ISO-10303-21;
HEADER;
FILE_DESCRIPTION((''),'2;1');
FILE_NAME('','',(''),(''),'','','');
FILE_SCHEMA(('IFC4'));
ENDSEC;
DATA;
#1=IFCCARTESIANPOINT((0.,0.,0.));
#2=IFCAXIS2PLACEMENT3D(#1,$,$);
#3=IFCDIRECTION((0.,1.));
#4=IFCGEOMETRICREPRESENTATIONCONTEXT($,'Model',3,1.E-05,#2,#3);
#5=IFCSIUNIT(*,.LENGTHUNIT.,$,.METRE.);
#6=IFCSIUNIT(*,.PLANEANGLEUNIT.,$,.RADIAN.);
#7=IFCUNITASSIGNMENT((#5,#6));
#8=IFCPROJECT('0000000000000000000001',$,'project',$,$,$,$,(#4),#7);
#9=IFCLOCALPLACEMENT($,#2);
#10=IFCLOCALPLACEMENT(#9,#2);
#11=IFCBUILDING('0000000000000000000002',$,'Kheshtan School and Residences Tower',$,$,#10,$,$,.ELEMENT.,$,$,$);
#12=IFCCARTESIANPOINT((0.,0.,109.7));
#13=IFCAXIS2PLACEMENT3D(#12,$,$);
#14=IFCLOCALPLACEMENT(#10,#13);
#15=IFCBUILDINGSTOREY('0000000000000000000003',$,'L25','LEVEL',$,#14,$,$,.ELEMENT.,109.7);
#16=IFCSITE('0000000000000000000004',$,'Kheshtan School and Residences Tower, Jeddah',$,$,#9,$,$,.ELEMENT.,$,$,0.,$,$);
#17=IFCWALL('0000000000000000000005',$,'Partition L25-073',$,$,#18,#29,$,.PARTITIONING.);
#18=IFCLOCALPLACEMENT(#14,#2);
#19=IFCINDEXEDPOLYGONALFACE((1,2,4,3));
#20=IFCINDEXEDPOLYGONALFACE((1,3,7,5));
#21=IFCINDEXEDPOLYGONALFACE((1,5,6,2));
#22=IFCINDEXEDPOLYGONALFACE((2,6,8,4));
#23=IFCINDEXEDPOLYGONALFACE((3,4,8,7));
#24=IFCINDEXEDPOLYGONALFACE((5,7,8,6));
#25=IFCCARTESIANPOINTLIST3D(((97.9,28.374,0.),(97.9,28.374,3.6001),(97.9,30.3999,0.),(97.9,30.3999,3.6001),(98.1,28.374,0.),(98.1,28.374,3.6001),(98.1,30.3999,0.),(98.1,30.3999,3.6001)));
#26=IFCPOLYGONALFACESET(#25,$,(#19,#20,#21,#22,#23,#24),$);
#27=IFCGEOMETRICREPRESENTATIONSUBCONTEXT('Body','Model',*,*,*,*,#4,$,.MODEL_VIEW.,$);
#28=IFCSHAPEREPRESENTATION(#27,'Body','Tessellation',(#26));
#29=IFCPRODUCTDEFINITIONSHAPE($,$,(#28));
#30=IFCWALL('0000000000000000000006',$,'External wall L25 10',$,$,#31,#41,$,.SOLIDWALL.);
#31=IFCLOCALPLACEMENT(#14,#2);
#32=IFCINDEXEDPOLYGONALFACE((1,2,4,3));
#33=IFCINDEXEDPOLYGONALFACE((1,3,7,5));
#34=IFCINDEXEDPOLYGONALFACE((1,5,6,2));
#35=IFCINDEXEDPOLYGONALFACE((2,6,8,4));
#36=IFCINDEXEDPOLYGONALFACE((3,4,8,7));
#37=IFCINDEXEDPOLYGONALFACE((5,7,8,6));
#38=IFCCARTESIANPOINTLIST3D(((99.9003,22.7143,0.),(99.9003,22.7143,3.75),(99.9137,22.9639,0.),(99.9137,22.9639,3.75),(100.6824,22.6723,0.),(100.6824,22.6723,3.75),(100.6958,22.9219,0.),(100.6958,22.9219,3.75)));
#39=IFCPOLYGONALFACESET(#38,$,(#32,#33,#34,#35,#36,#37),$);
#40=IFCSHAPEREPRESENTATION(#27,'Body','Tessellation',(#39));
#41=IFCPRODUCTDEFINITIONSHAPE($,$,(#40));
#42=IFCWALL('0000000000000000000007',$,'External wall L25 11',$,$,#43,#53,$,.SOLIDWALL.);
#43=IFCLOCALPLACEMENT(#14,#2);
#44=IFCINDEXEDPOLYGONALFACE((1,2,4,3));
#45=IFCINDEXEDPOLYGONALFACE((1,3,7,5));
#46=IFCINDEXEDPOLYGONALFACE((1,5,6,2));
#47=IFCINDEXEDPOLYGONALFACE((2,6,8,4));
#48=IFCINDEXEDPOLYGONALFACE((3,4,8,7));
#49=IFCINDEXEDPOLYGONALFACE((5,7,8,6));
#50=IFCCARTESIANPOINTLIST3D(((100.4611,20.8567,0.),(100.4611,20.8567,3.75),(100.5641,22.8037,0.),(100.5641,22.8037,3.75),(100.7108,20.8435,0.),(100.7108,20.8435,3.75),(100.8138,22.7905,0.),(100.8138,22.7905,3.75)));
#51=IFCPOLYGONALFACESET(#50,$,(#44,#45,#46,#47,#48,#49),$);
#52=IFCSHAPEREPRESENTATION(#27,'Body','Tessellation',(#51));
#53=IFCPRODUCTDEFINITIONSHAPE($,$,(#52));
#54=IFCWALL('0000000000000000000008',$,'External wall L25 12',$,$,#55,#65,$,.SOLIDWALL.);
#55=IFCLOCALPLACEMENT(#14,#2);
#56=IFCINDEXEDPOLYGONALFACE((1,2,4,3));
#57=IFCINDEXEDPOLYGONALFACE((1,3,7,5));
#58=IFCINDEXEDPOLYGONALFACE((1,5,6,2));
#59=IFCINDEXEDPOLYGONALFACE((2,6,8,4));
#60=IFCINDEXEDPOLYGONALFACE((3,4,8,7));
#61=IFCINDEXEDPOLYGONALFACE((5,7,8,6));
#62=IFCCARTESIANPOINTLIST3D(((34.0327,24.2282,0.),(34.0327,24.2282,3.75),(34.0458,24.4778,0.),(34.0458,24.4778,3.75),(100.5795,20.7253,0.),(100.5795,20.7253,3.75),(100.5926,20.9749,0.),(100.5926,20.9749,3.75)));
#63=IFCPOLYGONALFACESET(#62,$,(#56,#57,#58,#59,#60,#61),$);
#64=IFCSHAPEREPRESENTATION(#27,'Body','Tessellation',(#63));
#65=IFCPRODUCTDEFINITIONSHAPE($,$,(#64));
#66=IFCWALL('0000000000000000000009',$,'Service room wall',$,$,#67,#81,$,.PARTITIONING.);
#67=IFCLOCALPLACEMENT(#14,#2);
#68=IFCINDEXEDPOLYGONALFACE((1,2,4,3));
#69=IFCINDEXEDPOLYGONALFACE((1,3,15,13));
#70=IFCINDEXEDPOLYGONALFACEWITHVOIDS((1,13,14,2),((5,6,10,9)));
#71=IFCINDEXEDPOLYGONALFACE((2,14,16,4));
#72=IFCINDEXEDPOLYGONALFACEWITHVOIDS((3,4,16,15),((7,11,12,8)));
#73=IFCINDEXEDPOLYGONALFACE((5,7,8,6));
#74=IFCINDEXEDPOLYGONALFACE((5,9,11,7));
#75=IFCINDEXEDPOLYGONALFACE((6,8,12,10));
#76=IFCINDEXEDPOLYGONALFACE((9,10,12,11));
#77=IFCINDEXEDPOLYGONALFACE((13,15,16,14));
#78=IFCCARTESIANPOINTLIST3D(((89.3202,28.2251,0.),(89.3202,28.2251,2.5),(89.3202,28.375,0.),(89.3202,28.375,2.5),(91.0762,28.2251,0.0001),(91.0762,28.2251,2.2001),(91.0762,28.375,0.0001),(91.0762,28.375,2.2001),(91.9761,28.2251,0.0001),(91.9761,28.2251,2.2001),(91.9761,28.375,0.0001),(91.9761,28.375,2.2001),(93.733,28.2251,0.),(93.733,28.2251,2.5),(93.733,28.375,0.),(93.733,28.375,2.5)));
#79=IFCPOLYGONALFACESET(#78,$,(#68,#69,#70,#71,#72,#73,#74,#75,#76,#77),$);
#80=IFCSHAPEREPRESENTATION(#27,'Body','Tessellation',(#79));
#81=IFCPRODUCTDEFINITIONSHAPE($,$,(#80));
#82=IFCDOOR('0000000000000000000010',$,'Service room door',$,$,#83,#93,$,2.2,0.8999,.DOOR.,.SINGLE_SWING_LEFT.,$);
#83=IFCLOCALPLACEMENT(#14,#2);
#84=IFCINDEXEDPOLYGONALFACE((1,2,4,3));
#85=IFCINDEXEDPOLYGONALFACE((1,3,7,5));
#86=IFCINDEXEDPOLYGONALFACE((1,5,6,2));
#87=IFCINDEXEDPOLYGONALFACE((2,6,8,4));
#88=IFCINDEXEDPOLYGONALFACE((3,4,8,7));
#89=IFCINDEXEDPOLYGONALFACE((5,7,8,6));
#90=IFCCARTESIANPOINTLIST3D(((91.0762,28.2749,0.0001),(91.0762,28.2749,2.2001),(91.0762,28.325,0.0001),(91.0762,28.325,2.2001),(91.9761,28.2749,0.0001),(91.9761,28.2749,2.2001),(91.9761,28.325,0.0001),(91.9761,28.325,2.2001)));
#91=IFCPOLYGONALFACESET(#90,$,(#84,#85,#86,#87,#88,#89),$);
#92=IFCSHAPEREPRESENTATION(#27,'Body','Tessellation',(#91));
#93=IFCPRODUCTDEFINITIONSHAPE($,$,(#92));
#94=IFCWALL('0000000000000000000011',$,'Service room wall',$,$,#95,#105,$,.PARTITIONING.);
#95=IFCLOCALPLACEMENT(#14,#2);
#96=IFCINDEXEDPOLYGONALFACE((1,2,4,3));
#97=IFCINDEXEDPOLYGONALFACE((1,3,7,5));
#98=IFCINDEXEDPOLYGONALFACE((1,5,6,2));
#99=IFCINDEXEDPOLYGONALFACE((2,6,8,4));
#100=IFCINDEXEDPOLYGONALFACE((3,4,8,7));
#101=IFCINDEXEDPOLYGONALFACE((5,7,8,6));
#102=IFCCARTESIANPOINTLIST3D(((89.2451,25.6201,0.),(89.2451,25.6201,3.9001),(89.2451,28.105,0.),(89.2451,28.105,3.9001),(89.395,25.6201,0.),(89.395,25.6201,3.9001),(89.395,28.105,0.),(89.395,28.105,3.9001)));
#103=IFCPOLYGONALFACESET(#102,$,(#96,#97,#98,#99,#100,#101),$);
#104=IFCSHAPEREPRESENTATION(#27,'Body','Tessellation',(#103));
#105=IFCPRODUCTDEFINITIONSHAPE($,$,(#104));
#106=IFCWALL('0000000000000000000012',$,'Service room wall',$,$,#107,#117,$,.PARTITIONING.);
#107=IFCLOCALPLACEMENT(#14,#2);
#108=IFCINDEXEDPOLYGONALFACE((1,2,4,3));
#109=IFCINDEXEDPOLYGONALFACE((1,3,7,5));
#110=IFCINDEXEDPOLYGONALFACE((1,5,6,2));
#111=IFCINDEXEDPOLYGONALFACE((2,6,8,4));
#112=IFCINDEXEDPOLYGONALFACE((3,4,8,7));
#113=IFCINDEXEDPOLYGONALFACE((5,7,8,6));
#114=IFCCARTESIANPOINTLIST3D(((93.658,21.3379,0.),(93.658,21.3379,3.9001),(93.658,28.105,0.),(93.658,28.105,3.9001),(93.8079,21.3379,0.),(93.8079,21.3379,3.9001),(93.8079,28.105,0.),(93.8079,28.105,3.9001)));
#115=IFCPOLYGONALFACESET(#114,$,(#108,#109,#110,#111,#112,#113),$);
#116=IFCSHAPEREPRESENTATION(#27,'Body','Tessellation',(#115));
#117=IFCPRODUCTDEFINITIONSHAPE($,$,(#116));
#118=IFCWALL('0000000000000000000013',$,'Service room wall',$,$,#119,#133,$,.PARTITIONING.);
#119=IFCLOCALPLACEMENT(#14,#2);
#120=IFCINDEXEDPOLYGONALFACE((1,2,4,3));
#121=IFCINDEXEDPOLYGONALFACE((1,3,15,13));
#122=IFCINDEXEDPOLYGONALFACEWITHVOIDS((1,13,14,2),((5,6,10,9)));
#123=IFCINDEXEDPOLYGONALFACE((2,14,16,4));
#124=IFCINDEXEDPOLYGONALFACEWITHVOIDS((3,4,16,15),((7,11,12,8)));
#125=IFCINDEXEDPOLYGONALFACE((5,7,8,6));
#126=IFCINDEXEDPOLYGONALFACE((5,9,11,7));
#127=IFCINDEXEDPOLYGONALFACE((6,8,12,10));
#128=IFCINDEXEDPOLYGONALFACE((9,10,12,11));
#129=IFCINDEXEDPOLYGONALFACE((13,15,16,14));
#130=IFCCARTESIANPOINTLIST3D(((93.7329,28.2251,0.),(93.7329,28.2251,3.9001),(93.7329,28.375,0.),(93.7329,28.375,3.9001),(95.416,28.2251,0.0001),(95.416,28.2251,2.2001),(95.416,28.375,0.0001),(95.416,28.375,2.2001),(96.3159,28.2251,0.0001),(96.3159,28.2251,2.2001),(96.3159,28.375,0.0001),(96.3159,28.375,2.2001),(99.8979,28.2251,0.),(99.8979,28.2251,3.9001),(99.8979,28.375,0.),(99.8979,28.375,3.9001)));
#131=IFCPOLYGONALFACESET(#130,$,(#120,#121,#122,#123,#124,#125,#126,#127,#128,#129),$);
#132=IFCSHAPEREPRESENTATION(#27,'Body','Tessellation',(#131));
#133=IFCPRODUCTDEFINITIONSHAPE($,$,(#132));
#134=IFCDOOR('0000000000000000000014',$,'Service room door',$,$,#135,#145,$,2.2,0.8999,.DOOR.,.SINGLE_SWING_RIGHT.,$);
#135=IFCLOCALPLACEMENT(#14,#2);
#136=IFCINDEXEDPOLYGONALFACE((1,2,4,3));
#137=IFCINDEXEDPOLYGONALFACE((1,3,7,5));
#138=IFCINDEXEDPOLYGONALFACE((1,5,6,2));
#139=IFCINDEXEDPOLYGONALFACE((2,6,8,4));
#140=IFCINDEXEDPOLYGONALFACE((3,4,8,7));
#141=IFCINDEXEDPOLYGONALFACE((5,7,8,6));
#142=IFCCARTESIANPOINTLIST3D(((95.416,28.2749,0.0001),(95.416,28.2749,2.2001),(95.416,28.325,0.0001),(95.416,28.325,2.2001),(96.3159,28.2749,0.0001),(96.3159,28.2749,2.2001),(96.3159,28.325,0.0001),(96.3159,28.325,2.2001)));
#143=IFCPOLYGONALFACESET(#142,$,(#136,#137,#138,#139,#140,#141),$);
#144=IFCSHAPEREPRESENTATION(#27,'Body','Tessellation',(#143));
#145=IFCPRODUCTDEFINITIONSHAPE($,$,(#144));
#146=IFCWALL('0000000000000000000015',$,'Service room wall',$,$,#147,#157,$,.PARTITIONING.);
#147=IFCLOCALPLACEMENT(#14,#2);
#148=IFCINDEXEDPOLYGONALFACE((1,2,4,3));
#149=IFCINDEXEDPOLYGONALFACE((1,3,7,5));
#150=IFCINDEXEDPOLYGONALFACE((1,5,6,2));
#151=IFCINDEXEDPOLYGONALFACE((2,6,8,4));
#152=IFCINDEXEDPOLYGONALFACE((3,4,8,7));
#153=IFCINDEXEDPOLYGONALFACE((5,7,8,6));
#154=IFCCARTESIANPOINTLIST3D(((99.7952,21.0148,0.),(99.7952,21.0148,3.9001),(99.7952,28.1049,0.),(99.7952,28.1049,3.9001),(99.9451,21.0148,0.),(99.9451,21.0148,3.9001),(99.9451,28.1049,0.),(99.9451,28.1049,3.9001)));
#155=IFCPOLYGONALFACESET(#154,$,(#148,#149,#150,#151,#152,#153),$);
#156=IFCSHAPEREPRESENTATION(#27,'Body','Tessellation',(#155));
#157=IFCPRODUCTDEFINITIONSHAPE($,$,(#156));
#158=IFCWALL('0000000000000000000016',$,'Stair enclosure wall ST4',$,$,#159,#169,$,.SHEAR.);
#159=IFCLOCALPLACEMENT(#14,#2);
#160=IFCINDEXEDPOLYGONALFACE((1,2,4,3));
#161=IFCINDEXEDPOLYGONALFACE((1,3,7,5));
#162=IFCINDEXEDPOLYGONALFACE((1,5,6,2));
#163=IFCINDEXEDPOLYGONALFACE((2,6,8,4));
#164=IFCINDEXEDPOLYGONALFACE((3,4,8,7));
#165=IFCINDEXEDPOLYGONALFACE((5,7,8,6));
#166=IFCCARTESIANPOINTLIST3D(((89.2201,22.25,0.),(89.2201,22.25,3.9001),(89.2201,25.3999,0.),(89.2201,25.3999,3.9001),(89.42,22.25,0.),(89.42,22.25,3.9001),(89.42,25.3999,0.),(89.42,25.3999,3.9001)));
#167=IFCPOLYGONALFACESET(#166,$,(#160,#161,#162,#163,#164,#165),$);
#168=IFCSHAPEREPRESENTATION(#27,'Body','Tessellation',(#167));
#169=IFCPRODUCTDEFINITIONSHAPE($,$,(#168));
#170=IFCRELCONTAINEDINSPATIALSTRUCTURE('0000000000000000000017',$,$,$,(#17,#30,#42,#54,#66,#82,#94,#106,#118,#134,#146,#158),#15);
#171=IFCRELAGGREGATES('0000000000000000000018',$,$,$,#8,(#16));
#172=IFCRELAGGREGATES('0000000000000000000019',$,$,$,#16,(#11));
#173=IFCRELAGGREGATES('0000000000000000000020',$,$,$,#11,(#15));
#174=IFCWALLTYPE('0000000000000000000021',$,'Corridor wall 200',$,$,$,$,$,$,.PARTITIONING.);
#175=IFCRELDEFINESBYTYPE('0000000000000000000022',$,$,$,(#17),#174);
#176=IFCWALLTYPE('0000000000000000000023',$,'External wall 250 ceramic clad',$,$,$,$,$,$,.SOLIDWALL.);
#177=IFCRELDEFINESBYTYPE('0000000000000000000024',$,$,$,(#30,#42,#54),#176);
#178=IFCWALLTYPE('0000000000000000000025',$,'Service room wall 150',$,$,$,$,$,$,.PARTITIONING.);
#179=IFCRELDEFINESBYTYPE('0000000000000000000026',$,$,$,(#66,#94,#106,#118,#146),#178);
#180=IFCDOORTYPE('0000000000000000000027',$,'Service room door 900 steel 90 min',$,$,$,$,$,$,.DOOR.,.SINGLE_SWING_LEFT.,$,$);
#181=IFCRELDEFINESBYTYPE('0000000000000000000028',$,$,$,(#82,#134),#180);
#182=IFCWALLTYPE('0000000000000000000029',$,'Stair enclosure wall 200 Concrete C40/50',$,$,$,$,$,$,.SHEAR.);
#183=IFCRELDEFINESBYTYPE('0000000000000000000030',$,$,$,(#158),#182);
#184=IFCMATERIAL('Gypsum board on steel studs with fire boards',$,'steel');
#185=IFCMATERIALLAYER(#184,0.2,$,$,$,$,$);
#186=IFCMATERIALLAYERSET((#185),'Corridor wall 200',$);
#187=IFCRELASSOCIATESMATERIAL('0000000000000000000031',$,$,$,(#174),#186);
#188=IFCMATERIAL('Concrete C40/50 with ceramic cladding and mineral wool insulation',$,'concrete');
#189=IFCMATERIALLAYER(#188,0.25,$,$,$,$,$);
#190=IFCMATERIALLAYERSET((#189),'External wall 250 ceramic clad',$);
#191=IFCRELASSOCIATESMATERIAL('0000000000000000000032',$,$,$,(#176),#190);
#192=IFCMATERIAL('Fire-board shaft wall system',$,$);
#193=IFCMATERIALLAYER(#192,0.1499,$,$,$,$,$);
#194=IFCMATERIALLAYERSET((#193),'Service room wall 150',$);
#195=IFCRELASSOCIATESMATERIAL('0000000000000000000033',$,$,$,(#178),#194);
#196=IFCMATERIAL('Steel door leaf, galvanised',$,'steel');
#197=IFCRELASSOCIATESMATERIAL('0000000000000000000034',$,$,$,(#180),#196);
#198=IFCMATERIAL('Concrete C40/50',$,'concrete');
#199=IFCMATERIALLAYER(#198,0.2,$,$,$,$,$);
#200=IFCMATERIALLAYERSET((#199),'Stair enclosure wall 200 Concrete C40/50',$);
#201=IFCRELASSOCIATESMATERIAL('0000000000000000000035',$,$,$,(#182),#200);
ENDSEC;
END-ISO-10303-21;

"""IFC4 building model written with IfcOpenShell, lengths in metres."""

from ifc_helpers import new_model, si_unit, direction, frame, frame_2d, origin, place, context, subcontext, project, spatial, rectangle, extrude, source, transform, mapped, material, layer, layer_set, type_object, element, fill, save


model = new_model("IFC4")

# Units and contexts
model_context = context("Model", 3, precision=1e-05, world=origin(), true_north=direction((0.0, 1.0)))
body_context = subcontext(model_context, "Body", "Model", "MODEL_VIEW")
ifc_project = project(units=[si_unit("LENGTHUNIT", "METRE"), si_unit("PLANEANGLEUNIT", "RADIAN")], contexts=[model_context])

# Site, building, storey
site_placement = place(None, origin())
site = spatial("IfcSite", under=ifc_project, at=site_placement, Name="Kheshtan School and Residences Tower, Jeddah", CompositionType="ELEMENT", RefElevation=0.0)
building_placement = place(site_placement, origin())
building = spatial("IfcBuilding", under=site, at=building_placement, Name="Kheshtan School and Residences Tower", CompositionType="ELEMENT")
storey_placement = place(building_placement, frame((0.0, 0.0, 109.7)))
storey = spatial("IfcBuildingStorey", under=building, at=storey_placement, Name="L25", Description="LEVEL", CompositionType="ELEMENT", Elevation=109.7)

# Walls
ifc_material_1 = material(Name="Gypsum board on steel studs with fire boards", Category="steel")
ifc_layer_1 = layer(ifc_material_1, 0.2)
ifc_layer_set_1 = layer_set([ifc_layer_1], Name="Corridor wall 200")
wall_type_1 = type_object("IfcWallType", Name="Corridor wall 200", PredefinedType="PARTITIONING", material=ifc_layer_set_1)
wall_1_placement = place(storey_placement, frame((98.0, 28.374, 0.0), z_axis=(0.0, 0.0, 1.0), x_axis=(0.0, 1.0, 0.0)))
element("IfcWall", 1, at=wall_1_placement, inside=storey, type_object=wall_type_1, Name="Partition L25-073", PredefinedType="PARTITIONING", context=body_context, shape_type="SweptSolid", body=[
    extrude(rectangle(XDim=2.0259, YDim=0.2, at=frame_2d((1.0129, 0.0))), origin(), (0.0, 0.0, 1.0), 3.6001),
])
ifc_material_2 = material(Name="Concrete C40/50 with ceramic cladding and mineral wool insulation", Category="concrete")
ifc_layer_2 = layer(ifc_material_2, 0.25)
ifc_layer_set_2 = layer_set([ifc_layer_2], Name="External wall 250 ceramic clad")
wall_type_2 = type_object("IfcWallType", Name="External wall 250 ceramic clad", PredefinedType="SOLIDWALL", material=ifc_layer_set_2)
wall_2_placement = place(storey_placement, frame((99.907, 22.8391, 0.0), z_axis=(0.0, 0.0, 1.0), x_axis=(0.998561, -0.053622, 0.0)))
element("IfcWall", 2, at=wall_2_placement, inside=storey, type_object=wall_type_2, Name="External wall L25 10", PredefinedType="SOLIDWALL", context=body_context, shape_type="SweptSolid", body=[
    extrude(rectangle(XDim=0.7832, YDim=0.25, at=frame_2d((0.3916, 0.0))), origin(), (0.0, 0.0, 1.0), 3.75),
])
wall_3_placement = place(storey_placement, frame((100.689, 22.7971, 0.0), z_axis=(0.0, 0.0, 1.0), x_axis=(-0.052841, -0.998603, 0.0)))
element("IfcWall", 3, at=wall_3_placement, inside=storey, type_object=wall_type_2, Name="External wall L25 11", PredefinedType="SOLIDWALL", context=body_context, shape_type="SweptSolid", body=[
    extrude(rectangle(XDim=1.9497, YDim=0.25, at=frame_2d((0.9749, 0.0))), origin(), (0.0, 0.0, 1.0), 3.75),
])
wall_4_placement = place(storey_placement, frame((100.5859, 20.8501, 0.0), z_axis=(0.0, 0.0, 1.0), x_axis=(-0.998617, 0.052566, 0.0)))
element("IfcWall", 4, at=wall_4_placement, inside=storey, type_object=wall_type_2, Name="External wall L25 12", PredefinedType="SOLIDWALL", context=body_context, shape_type="SweptSolid", body=[
    extrude(rectangle(XDim=66.6389, YDim=0.25, at=frame_2d((33.3193, 0.0))), origin(), (0.0, 0.0, 1.0), 3.75),
])

# Wall, opening, door
ifc_material_3 = material(Name="Fire-board shaft wall system")
ifc_layer_3 = layer(ifc_material_3, 0.1499)
ifc_layer_set_3 = layer_set([ifc_layer_3], Name="Service room wall 150")
wall_type_3 = type_object("IfcWallType", Name="Service room wall 150", PredefinedType="PARTITIONING", material=ifc_layer_set_3)
wall_5_placement = place(storey_placement, frame((89.3201, 28.3, 0.0), z_axis=(0.0, 0.0, 1.0), x_axis=(1.0, 0.0, 0.0)))
wall_5 = element("IfcWall", 5, at=wall_5_placement, inside=storey, type_object=wall_type_3, Name="Service room wall", PredefinedType="PARTITIONING", context=body_context, shape_type="SweptSolid", body=[
    extrude(rectangle(XDim=4.4128, YDim=0.1499, at=frame_2d((2.2065, 0.0))), origin(), (0.0, 0.0, 1.0), 2.5),
])
opening_1_placement = place(wall_5_placement, frame((1.7561, 0.0, 0.0)))
opening_1 = element("IfcOpeningElement", 6, at=opening_1_placement, cuts=wall_5, PredefinedType="OPENING", context=body_context, shape_type="SweptSolid", body=[
    extrude(rectangle(XDim=0.8999, YDim=2.2, at=frame_2d((0.45, 1.1001))), frame((0.0, 0.085, 0.0), z_axis=(0.0, -1.0, 0.0), x_axis=(1.0, 0.0, 0.0)), (0.0, 0.0, 1.0), 0.1699),
])
ifc_material_4 = material(Name="Steel door leaf, galvanised", Category="steel")
door_type = type_object("IfcDoorType", Name="Service room door 900 steel 90 min", OperationType="SINGLE_SWING_LEFT", PredefinedType="DOOR", material=ifc_material_4)
shared_shape = source(origin(), body_context, "Body", "SweptSolid", [
    extrude(rectangle(XDim=0.8999, YDim=2.2, at=frame_2d((0.45, 1.1001))), frame((0.0, 0.0249, 0.0), z_axis=(0.0, -1.0, 0.0), x_axis=(1.0, 0.0, 0.0)), (0.0, 0.0, 1.0), 0.05),
])
door_1_placement = place(opening_1_placement, origin())
door_1 = element("IfcDoor", 7, at=door_1_placement, inside=storey, type_object=door_type, Name="Service room door", OperationType="SINGLE_SWING_LEFT", OverallHeight=2.2, OverallWidth=0.8999, PredefinedType="DOOR", context=body_context, shape_type="MappedRepresentation", body=[
    mapped(shared_shape, transform((0.0, 0.0, 0.0), x_axis=(1.0, 0.0, 0.0), y_axis=(0.0, 1.0, 0.0), z_axis=(0.0, 0.0, 1.0), scale=1.0)),
])
fill(opening_1, door_1)

# Walls
wall_6_placement = place(storey_placement, frame((89.3201, 25.6201, 0.0), z_axis=(0.0, 0.0, 1.0), x_axis=(0.0, 1.0, 0.0)))
element("IfcWall", 8, at=wall_6_placement, inside=storey, type_object=wall_type_3, Name="Service room wall", PredefinedType="PARTITIONING", context=body_context, shape_type="SweptSolid", body=[
    extrude(rectangle(XDim=2.4849, YDim=0.1499, at=frame_2d((1.2424, 0.0))), origin(), (0.0, 0.0, 1.0), 3.9001),
])
wall_7_placement = place(storey_placement, frame((93.7329, 21.3379, 0.0), z_axis=(0.0, 0.0, 1.0), x_axis=(0.0, 1.0, 0.0)))
element("IfcWall", 9, at=wall_7_placement, inside=storey, type_object=wall_type_3, Name="Service room wall", PredefinedType="PARTITIONING", context=body_context, shape_type="SweptSolid", body=[
    extrude(rectangle(XDim=6.7671, YDim=0.1499, at=frame_2d((3.3835, 0.0))), origin(), (0.0, 0.0, 1.0), 3.9001),
])

# Wall, opening, door
wall_8_placement = place(storey_placement, frame((93.7329, 28.3, 0.0), z_axis=(0.0, 0.0, 1.0), x_axis=(1.0, 0.0, 0.0)))
wall_8 = element("IfcWall", 10, at=wall_8_placement, inside=storey, type_object=wall_type_3, Name="Service room wall", PredefinedType="PARTITIONING", context=body_context, shape_type="SweptSolid", body=[
    extrude(rectangle(XDim=6.165, YDim=0.1499, at=frame_2d((3.0825, 0.0))), origin(), (0.0, 0.0, 1.0), 3.9001),
])
opening_2_placement = place(wall_8_placement, frame((1.6831, 0.0, 0.0)))
opening_2 = element("IfcOpeningElement", 11, at=opening_2_placement, cuts=wall_8, PredefinedType="OPENING", context=body_context, shape_type="SweptSolid", body=[
    extrude(rectangle(XDim=0.8999, YDim=2.2, at=frame_2d((0.45, 1.1001))), frame((0.0, 0.085, 0.0), z_axis=(0.0, -1.0, 0.0), x_axis=(1.0, 0.0, 0.0)), (0.0, 0.0, 1.0), 0.1699),
])
door_2_placement = place(opening_2_placement, origin())
door_2 = element("IfcDoor", 12, at=door_2_placement, inside=storey, type_object=door_type, Name="Service room door", OperationType="SINGLE_SWING_RIGHT", OverallHeight=2.2, OverallWidth=0.8999, PredefinedType="DOOR", context=body_context, shape_type="MappedRepresentation", body=[
    mapped(shared_shape, transform((0.0, 0.0, 0.0), x_axis=(1.0, 0.0, 0.0), y_axis=(0.0, 1.0, 0.0), z_axis=(0.0, 0.0, 1.0), scale=1.0)),
])
fill(opening_2, door_2)

# Walls
wall_9_placement = place(storey_placement, frame((99.8701, 21.0149, 0.0), z_axis=(0.0, 0.0, 1.0), x_axis=(0.0, 1.0, 0.0)))
element("IfcWall", 13, at=wall_9_placement, inside=storey, type_object=wall_type_3, Name="Service room wall", PredefinedType="PARTITIONING", context=body_context, shape_type="SweptSolid", body=[
    extrude(rectangle(XDim=7.0901, YDim=0.1499, at=frame_2d((3.5449, 0.0))), origin(), (0.0, 0.0, 1.0), 3.9001),
])
ifc_material_5 = material(Name="Concrete C40/50", Category="concrete")
ifc_layer_4 = layer(ifc_material_5, 0.2)
ifc_layer_set_4 = layer_set([ifc_layer_4], Name="Stair enclosure wall 200 Concrete C40/50")
wall_type_4 = type_object("IfcWallType", Name="Stair enclosure wall 200 Concrete C40/50", PredefinedType="SHEAR", material=ifc_layer_set_4)
wall_10_placement = place(storey_placement, frame((89.3201, 22.25, 0.0), z_axis=(0.0, 0.0, 1.0), x_axis=(0.0, 1.0, 0.0)))
element("IfcWall", 14, at=wall_10_placement, inside=storey, type_object=wall_type_4, Name="Stair enclosure wall ST4", PredefinedType="SHEAR", context=body_context, shape_type="SweptSolid", body=[
    extrude(rectangle(XDim=3.1499, YDim=0.2, at=frame_2d((1.575, 0.0))), origin(), (0.0, 0.0, 1.0), 3.9001),
])

save(model, "model.ifc")
